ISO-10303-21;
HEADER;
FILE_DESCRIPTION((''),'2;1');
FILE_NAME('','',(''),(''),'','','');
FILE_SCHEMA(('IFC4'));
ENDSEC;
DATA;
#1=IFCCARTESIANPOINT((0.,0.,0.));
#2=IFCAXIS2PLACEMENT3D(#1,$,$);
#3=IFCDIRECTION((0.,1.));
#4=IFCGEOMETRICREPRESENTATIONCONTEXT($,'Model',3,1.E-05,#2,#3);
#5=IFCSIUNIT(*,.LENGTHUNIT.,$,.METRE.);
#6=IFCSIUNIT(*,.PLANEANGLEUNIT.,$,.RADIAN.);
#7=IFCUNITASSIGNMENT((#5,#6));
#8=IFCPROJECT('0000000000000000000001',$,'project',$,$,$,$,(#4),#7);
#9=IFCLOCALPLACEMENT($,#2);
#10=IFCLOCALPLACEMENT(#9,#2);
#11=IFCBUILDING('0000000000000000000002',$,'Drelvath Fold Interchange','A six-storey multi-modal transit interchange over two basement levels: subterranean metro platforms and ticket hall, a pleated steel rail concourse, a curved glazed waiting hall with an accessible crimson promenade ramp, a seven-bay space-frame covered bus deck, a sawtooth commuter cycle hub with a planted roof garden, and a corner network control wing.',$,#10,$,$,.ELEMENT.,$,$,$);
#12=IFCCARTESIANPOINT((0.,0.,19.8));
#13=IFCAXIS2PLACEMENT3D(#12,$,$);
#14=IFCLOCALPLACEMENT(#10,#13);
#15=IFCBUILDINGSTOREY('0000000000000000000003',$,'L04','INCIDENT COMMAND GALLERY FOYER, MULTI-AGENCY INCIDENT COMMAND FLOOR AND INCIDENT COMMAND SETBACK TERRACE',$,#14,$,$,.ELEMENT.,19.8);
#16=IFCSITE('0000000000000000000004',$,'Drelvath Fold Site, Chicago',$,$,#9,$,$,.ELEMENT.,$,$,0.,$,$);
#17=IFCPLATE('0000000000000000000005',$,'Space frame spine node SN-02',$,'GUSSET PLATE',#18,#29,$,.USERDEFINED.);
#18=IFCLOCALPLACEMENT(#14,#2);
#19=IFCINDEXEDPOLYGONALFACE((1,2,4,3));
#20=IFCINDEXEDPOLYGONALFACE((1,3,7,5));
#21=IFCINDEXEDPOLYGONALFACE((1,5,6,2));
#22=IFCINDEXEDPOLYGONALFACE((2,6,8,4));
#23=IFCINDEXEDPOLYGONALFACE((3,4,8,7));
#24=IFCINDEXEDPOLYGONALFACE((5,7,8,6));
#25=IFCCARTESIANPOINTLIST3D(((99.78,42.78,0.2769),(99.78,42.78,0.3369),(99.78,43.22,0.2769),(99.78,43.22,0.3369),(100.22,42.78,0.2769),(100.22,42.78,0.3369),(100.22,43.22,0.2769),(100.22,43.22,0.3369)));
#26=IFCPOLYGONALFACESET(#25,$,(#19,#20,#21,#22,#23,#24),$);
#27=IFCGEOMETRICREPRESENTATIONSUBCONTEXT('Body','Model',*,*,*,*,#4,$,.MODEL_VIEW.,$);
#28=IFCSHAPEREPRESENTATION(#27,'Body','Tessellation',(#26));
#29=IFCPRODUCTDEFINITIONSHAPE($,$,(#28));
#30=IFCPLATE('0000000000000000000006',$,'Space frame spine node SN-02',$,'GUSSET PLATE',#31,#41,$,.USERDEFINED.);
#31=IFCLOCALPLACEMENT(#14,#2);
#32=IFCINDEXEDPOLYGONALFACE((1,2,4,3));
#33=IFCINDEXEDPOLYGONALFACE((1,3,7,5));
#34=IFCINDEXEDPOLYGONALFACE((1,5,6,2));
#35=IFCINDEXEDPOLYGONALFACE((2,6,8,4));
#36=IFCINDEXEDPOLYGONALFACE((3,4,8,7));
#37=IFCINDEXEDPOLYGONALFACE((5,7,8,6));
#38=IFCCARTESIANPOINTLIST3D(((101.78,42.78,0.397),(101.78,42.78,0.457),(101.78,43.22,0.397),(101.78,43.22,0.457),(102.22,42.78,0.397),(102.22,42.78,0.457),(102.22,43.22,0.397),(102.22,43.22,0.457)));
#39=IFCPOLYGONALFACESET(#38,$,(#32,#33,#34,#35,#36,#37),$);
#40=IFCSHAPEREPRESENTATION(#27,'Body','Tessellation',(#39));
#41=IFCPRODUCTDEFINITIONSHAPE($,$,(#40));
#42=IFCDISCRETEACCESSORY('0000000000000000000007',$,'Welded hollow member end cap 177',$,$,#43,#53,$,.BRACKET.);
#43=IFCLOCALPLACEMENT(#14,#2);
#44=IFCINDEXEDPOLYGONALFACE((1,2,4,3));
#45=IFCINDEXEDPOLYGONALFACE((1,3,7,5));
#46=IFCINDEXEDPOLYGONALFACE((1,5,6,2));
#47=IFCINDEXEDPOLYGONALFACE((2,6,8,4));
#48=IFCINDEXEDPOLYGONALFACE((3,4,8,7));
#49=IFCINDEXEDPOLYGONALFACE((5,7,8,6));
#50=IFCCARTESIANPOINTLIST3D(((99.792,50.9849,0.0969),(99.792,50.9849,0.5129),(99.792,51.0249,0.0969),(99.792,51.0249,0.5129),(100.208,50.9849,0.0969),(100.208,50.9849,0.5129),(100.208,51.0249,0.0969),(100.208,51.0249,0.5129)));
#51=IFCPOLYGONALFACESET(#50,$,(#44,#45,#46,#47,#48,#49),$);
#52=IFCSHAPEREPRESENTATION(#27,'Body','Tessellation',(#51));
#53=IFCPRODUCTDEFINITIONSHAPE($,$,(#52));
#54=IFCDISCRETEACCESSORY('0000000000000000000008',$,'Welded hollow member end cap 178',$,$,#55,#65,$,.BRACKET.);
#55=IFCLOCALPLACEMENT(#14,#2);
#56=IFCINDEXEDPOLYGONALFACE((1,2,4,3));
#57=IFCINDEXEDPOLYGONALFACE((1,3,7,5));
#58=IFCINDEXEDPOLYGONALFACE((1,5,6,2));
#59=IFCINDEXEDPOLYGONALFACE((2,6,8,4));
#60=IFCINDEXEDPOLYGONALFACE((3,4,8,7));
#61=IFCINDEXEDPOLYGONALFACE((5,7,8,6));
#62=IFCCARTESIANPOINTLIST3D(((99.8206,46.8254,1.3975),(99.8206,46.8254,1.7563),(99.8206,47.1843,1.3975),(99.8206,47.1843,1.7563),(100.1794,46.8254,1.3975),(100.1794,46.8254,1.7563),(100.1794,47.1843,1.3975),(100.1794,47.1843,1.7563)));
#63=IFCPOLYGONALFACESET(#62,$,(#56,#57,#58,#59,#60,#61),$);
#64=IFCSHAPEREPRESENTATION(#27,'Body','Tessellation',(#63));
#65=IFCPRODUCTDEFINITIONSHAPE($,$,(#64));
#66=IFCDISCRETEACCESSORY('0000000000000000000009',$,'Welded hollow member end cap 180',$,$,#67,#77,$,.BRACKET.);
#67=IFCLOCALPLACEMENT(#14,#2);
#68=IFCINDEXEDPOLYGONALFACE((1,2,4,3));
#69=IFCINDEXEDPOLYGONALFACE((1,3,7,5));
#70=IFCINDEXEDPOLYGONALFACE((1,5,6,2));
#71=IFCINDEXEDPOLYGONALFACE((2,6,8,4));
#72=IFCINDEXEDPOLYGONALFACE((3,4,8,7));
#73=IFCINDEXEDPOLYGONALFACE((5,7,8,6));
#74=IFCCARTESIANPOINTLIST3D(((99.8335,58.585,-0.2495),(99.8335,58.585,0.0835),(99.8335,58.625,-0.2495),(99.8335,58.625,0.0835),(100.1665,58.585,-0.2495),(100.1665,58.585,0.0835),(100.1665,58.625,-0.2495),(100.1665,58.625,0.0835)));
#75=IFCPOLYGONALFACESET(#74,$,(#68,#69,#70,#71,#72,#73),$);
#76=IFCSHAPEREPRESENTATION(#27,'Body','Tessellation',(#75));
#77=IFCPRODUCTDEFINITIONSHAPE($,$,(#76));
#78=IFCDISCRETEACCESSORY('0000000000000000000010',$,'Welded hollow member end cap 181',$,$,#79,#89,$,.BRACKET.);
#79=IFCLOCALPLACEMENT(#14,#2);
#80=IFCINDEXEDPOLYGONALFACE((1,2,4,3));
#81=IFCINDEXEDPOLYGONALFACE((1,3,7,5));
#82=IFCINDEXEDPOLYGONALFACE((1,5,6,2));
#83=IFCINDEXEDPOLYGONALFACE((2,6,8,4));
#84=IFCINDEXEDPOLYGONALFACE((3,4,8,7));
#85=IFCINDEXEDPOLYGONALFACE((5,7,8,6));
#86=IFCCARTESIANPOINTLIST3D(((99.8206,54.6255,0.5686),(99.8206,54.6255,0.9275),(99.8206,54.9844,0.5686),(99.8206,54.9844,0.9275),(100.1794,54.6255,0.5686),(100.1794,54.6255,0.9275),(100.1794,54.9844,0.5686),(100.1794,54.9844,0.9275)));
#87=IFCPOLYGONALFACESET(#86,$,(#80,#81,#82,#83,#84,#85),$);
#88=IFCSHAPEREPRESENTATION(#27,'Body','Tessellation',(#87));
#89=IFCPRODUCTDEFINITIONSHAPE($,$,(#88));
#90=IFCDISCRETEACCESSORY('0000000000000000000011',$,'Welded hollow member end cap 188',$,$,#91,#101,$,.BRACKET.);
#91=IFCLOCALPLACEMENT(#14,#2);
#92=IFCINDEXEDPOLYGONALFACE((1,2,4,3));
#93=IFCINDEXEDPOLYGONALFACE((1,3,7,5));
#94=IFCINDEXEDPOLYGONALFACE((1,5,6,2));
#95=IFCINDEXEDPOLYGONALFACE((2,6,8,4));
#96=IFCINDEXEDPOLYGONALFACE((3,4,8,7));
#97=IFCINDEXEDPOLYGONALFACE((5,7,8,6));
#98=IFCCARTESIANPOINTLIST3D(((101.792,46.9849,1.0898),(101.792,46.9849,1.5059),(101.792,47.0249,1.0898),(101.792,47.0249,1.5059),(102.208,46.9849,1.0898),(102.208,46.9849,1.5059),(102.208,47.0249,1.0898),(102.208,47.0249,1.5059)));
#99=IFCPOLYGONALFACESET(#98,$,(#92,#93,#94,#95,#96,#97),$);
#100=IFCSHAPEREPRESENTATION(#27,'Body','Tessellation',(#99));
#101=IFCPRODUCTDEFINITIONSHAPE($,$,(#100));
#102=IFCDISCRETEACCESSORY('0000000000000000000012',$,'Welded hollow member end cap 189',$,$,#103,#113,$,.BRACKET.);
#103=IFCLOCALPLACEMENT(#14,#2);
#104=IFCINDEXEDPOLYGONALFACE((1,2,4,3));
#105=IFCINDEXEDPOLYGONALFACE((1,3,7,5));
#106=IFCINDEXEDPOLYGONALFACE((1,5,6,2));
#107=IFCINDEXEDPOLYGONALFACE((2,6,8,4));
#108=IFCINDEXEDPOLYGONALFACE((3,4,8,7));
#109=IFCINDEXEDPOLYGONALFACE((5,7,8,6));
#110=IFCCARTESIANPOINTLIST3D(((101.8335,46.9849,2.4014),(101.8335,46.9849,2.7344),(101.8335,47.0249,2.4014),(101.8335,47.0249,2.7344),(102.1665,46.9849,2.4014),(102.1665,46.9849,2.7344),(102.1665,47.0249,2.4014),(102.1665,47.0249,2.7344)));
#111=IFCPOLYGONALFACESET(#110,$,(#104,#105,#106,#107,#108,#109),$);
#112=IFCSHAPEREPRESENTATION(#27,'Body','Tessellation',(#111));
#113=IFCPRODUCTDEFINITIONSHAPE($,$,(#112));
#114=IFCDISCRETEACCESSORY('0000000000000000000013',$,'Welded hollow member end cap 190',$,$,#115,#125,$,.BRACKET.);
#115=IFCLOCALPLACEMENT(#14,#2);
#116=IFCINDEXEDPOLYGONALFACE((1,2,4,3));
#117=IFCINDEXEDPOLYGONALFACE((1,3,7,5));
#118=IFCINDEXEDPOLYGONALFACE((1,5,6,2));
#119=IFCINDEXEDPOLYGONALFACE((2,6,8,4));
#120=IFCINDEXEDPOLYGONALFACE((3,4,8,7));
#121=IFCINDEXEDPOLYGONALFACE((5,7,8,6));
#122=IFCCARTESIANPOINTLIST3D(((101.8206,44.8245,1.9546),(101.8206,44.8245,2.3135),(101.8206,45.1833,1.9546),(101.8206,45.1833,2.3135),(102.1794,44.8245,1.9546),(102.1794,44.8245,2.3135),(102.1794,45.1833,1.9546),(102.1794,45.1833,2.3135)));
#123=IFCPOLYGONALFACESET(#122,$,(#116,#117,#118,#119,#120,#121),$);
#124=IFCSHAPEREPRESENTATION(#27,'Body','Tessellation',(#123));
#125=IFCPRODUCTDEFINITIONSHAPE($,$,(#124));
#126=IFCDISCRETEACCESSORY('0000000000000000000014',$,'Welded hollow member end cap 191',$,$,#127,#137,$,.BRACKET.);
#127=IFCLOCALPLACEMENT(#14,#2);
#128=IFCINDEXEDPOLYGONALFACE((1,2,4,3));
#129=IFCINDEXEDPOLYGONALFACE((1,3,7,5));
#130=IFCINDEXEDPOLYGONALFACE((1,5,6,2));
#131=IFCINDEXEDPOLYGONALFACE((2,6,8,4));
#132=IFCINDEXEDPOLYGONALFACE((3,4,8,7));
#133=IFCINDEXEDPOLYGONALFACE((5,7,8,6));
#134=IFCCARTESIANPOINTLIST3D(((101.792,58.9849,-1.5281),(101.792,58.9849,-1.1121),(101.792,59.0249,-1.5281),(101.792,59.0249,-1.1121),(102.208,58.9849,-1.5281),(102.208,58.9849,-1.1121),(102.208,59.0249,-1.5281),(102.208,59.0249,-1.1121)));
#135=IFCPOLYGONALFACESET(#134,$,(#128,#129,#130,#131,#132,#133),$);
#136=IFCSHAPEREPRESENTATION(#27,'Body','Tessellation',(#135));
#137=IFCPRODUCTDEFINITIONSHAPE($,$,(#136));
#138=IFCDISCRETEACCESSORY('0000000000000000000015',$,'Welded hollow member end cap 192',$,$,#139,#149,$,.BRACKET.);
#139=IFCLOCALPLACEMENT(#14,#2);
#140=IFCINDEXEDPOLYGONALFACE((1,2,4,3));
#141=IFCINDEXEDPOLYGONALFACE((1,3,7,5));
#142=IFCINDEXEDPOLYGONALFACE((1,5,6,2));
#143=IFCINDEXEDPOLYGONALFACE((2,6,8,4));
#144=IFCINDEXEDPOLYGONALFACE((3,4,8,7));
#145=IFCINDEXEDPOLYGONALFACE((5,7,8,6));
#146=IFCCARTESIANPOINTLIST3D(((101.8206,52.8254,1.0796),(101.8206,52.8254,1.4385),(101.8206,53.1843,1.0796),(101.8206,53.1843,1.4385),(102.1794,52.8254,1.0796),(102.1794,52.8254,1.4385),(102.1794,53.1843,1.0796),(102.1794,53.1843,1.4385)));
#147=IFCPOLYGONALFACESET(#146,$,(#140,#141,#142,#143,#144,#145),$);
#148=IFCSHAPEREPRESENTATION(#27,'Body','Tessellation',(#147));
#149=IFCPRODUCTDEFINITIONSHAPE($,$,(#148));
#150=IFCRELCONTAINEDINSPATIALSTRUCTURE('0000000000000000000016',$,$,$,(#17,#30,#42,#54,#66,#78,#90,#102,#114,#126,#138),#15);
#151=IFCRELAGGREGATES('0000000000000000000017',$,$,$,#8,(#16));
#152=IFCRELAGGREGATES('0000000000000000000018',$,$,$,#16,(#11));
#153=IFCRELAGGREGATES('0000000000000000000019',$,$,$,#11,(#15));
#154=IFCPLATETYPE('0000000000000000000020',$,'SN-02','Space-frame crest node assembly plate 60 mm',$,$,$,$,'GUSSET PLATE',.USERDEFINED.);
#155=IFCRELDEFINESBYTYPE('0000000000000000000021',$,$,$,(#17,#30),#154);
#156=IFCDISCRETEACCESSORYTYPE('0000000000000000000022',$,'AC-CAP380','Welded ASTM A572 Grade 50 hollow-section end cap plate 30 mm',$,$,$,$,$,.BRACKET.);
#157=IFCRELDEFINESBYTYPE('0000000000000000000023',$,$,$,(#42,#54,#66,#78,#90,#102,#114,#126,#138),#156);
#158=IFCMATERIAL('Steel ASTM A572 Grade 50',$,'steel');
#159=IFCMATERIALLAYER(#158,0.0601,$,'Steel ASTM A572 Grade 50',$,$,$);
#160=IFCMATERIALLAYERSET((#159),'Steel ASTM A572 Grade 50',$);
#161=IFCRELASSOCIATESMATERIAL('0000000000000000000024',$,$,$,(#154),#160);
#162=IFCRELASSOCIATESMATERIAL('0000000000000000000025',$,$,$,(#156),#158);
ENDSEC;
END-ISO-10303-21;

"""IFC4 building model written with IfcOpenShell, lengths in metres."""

from ifc_helpers import new_model, si_unit, direction, frame, origin, origin_2d, place, context, subcontext, project, spatial, rectangle, extrude, material, layer, layer_set, type_object, element, save


model = new_model("IFC4")

# Units and contexts
model_context = context("Model", 3, precision=1e-05, world=origin(), true_north=direction((0.0, 1.0)))
body_context = subcontext(model_context, "Body", "Model", "MODEL_VIEW")
ifc_project = project(units=[si_unit("LENGTHUNIT", "METRE"), si_unit("PLANEANGLEUNIT", "RADIAN")], contexts=[model_context])

# Site, building, storey
site_placement = place(None, origin())
site = spatial("IfcSite", under=ifc_project, at=site_placement, Name="Drelvath Fold Site, Chicago", CompositionType="ELEMENT", RefElevation=0.0)
building_placement = place(site_placement, origin())
building = spatial("IfcBuilding", under=site, at=building_placement, Name="Drelvath Fold Interchange", Description="A six-storey multi-modal transit interchange over two basement levels: subterranean metro platforms and ticket hall, a pleated steel rail concourse, a curved glazed waiting hall with an accessible crimson promenade ramp, a seven-bay space-frame covered bus deck, a sawtooth commuter cycle hub with a planted roof garden, and a corner network control wing.", CompositionType="ELEMENT")
storey_placement = place(building_placement, frame((0.0, 0.0, 19.8)))
storey = spatial("IfcBuildingStorey", under=building, at=storey_placement, Name="L04", Description="INCIDENT COMMAND GALLERY FOYER, MULTI-AGENCY INCIDENT COMMAND FLOOR AND INCIDENT COMMAND SETBACK TERRACE", CompositionType="ELEMENT", Elevation=19.8)

# Plates
ifc_material_1 = material(Name="Steel ASTM A572 Grade 50", Category="steel")
ifc_layer_1 = layer(ifc_material_1, 0.0601, Name="Steel ASTM A572 Grade 50")
ifc_layer_set_1 = layer_set([ifc_layer_1], Name="Steel ASTM A572 Grade 50")
plate_type = type_object("IfcPlateType", Name="SN-02", Description="Space-frame crest node assembly plate 60 mm", ElementType="GUSSET PLATE", PredefinedType="USERDEFINED", material=ifc_layer_set_1)
for number, where, z_axis, x_axis, name in (
    (1, (100.0, 43.0, 0.2769), (0.0, 0.0, 1.0), (1.0, 0.0, 0.0), "Space frame spine node SN-02"),
    (2, (102.0, 43.0, 0.397), (0.0, 0.0, 1.0), (1.0, 0.0, 0.0), "Space frame spine node SN-02"),
):
    element("IfcPlate", number, at=place(storey_placement, frame(where, z_axis=z_axis, x_axis=x_axis)), inside=storey, type_object=plate_type, Name=name, ObjectType="GUSSET PLATE", PredefinedType="USERDEFINED", context=body_context, shape_type="SweptSolid", body=[
        extrude(rectangle(XDim=0.4399, YDim=0.4399, at=origin_2d()), origin(), (0.0, 0.0, 1.0), 0.0601),
    ])

# Discrete accessories
discrete_accessory_type = type_object("IfcDiscreteAccessoryType", Name="AC-CAP380", Description="Welded ASTM A572 Grade 50 hollow-section end cap plate 30 mm", PredefinedType="BRACKET", material=ifc_material_1)
discrete_accessory_1_placement = place(storey_placement, frame((100.0, 51.0049, 0.0969), z_axis=(0.0, 0.0, 1.0), x_axis=(1.0, 0.0, 0.0)))
element("IfcDiscreteAccessory", 3, at=discrete_accessory_1_placement, inside=storey, type_object=discrete_accessory_type, Name="Welded hollow member end cap 177", PredefinedType="BRACKET", context=body_context, shape_type="SweptSolid", body=[
    extrude(rectangle(XDim=0.416, YDim=0.04, at=origin_2d()), origin(), (0.0, 0.0, 1.0), 0.416),
])
discrete_accessory_2_placement = place(storey_placement, frame((100.0, 47.0049, 1.3975), z_axis=(0.0, 0.0, 1.0), x_axis=(1.0, 0.0, 0.0)))
element("IfcDiscreteAccessory", 4, at=discrete_accessory_2_placement, inside=storey, type_object=discrete_accessory_type, Name="Welded hollow member end cap 178", PredefinedType="BRACKET", context=body_context, shape_type="SweptSolid", body=[
    extrude(rectangle(XDim=0.3589, YDim=0.3589, at=origin_2d()), origin(), (0.0, 0.0, 1.0), 0.3589),
])
discrete_accessory_3_placement = place(storey_placement, frame((100.0, 58.605, -0.2495), z_axis=(0.0, 0.0, 1.0), x_axis=(1.0, 0.0, 0.0)))
element("IfcDiscreteAccessory", 5, at=discrete_accessory_3_placement, inside=storey, type_object=discrete_accessory_type, Name="Welded hollow member end cap 180", PredefinedType="BRACKET", context=body_context, shape_type="SweptSolid", body=[
    extrude(rectangle(XDim=0.333, YDim=0.04, at=origin_2d()), origin(), (0.0, 0.0, 1.0), 0.333),
])
discrete_accessory_4_placement = place(storey_placement, frame((100.0, 54.8049, 0.5686), z_axis=(0.0, 0.0, 1.0), x_axis=(1.0, 0.0, 0.0)))
element("IfcDiscreteAccessory", 6, at=discrete_accessory_4_placement, inside=storey, type_object=discrete_accessory_type, Name="Welded hollow member end cap 181", PredefinedType="BRACKET", context=body_context, shape_type="SweptSolid", body=[
    extrude(rectangle(XDim=0.3589, YDim=0.3589, at=origin_2d()), origin(), (0.0, 0.0, 1.0), 0.3589),
])
discrete_accessory_5_placement = place(storey_placement, frame((102.0, 47.0049, 1.0898), z_axis=(0.0, 0.0, 1.0), x_axis=(1.0, 0.0, 0.0)))
element("IfcDiscreteAccessory", 7, at=discrete_accessory_5_placement, inside=storey, type_object=discrete_accessory_type, Name="Welded hollow member end cap 188", PredefinedType="BRACKET", context=body_context, shape_type="SweptSolid", body=[
    extrude(rectangle(XDim=0.416, YDim=0.04, at=origin_2d()), origin(), (0.0, 0.0, 1.0), 0.416),
])
discrete_accessory_6_placement = place(storey_placement, frame((102.0, 47.0049, 2.4014), z_axis=(0.0, 0.0, 1.0), x_axis=(1.0, 0.0, 0.0)))
element("IfcDiscreteAccessory", 8, at=discrete_accessory_6_placement, inside=storey, type_object=discrete_accessory_type, Name="Welded hollow member end cap 189", PredefinedType="BRACKET", context=body_context, shape_type="SweptSolid", body=[
    extrude(rectangle(XDim=0.333, YDim=0.04, at=origin_2d()), origin(), (0.0, 0.0, 1.0), 0.333),
])
discrete_accessory_7_placement = place(storey_placement, frame((102.0, 45.0039, 1.9546), z_axis=(0.0, 0.0, 1.0), x_axis=(1.0, 0.0, 0.0)))
element("IfcDiscreteAccessory", 9, at=discrete_accessory_7_placement, inside=storey, type_object=discrete_accessory_type, Name="Welded hollow member end cap 190", PredefinedType="BRACKET", context=body_context, shape_type="SweptSolid", body=[
    extrude(rectangle(XDim=0.3589, YDim=0.3589, at=origin_2d()), origin(), (0.0, 0.0, 1.0), 0.3589),
])
discrete_accessory_8_placement = place(storey_placement, frame((102.0, 59.0049, -1.5281), z_axis=(0.0, 0.0, 1.0), x_axis=(1.0, 0.0, 0.0)))
element("IfcDiscreteAccessory", 10, at=discrete_accessory_8_placement, inside=storey, type_object=discrete_accessory_type, Name="Welded hollow member end cap 191", PredefinedType="BRACKET", context=body_context, shape_type="SweptSolid", body=[
    extrude(rectangle(XDim=0.416, YDim=0.04, at=origin_2d()), origin(), (0.0, 0.0, 1.0), 0.416),
])
discrete_accessory_9_placement = place(storey_placement, frame((102.0, 53.0049, 1.0796), z_axis=(0.0, 0.0, 1.0), x_axis=(1.0, 0.0, 0.0)))
element("IfcDiscreteAccessory", 11, at=discrete_accessory_9_placement, inside=storey, type_object=discrete_accessory_type, Name="Welded hollow member end cap 192", PredefinedType="BRACKET", context=body_context, shape_type="SweptSolid", body=[
    extrude(rectangle(XDim=0.3589, YDim=0.3589, at=origin_2d()), origin(), (0.0, 0.0, 1.0), 0.3589),
])

save(model, "model.ifc")
